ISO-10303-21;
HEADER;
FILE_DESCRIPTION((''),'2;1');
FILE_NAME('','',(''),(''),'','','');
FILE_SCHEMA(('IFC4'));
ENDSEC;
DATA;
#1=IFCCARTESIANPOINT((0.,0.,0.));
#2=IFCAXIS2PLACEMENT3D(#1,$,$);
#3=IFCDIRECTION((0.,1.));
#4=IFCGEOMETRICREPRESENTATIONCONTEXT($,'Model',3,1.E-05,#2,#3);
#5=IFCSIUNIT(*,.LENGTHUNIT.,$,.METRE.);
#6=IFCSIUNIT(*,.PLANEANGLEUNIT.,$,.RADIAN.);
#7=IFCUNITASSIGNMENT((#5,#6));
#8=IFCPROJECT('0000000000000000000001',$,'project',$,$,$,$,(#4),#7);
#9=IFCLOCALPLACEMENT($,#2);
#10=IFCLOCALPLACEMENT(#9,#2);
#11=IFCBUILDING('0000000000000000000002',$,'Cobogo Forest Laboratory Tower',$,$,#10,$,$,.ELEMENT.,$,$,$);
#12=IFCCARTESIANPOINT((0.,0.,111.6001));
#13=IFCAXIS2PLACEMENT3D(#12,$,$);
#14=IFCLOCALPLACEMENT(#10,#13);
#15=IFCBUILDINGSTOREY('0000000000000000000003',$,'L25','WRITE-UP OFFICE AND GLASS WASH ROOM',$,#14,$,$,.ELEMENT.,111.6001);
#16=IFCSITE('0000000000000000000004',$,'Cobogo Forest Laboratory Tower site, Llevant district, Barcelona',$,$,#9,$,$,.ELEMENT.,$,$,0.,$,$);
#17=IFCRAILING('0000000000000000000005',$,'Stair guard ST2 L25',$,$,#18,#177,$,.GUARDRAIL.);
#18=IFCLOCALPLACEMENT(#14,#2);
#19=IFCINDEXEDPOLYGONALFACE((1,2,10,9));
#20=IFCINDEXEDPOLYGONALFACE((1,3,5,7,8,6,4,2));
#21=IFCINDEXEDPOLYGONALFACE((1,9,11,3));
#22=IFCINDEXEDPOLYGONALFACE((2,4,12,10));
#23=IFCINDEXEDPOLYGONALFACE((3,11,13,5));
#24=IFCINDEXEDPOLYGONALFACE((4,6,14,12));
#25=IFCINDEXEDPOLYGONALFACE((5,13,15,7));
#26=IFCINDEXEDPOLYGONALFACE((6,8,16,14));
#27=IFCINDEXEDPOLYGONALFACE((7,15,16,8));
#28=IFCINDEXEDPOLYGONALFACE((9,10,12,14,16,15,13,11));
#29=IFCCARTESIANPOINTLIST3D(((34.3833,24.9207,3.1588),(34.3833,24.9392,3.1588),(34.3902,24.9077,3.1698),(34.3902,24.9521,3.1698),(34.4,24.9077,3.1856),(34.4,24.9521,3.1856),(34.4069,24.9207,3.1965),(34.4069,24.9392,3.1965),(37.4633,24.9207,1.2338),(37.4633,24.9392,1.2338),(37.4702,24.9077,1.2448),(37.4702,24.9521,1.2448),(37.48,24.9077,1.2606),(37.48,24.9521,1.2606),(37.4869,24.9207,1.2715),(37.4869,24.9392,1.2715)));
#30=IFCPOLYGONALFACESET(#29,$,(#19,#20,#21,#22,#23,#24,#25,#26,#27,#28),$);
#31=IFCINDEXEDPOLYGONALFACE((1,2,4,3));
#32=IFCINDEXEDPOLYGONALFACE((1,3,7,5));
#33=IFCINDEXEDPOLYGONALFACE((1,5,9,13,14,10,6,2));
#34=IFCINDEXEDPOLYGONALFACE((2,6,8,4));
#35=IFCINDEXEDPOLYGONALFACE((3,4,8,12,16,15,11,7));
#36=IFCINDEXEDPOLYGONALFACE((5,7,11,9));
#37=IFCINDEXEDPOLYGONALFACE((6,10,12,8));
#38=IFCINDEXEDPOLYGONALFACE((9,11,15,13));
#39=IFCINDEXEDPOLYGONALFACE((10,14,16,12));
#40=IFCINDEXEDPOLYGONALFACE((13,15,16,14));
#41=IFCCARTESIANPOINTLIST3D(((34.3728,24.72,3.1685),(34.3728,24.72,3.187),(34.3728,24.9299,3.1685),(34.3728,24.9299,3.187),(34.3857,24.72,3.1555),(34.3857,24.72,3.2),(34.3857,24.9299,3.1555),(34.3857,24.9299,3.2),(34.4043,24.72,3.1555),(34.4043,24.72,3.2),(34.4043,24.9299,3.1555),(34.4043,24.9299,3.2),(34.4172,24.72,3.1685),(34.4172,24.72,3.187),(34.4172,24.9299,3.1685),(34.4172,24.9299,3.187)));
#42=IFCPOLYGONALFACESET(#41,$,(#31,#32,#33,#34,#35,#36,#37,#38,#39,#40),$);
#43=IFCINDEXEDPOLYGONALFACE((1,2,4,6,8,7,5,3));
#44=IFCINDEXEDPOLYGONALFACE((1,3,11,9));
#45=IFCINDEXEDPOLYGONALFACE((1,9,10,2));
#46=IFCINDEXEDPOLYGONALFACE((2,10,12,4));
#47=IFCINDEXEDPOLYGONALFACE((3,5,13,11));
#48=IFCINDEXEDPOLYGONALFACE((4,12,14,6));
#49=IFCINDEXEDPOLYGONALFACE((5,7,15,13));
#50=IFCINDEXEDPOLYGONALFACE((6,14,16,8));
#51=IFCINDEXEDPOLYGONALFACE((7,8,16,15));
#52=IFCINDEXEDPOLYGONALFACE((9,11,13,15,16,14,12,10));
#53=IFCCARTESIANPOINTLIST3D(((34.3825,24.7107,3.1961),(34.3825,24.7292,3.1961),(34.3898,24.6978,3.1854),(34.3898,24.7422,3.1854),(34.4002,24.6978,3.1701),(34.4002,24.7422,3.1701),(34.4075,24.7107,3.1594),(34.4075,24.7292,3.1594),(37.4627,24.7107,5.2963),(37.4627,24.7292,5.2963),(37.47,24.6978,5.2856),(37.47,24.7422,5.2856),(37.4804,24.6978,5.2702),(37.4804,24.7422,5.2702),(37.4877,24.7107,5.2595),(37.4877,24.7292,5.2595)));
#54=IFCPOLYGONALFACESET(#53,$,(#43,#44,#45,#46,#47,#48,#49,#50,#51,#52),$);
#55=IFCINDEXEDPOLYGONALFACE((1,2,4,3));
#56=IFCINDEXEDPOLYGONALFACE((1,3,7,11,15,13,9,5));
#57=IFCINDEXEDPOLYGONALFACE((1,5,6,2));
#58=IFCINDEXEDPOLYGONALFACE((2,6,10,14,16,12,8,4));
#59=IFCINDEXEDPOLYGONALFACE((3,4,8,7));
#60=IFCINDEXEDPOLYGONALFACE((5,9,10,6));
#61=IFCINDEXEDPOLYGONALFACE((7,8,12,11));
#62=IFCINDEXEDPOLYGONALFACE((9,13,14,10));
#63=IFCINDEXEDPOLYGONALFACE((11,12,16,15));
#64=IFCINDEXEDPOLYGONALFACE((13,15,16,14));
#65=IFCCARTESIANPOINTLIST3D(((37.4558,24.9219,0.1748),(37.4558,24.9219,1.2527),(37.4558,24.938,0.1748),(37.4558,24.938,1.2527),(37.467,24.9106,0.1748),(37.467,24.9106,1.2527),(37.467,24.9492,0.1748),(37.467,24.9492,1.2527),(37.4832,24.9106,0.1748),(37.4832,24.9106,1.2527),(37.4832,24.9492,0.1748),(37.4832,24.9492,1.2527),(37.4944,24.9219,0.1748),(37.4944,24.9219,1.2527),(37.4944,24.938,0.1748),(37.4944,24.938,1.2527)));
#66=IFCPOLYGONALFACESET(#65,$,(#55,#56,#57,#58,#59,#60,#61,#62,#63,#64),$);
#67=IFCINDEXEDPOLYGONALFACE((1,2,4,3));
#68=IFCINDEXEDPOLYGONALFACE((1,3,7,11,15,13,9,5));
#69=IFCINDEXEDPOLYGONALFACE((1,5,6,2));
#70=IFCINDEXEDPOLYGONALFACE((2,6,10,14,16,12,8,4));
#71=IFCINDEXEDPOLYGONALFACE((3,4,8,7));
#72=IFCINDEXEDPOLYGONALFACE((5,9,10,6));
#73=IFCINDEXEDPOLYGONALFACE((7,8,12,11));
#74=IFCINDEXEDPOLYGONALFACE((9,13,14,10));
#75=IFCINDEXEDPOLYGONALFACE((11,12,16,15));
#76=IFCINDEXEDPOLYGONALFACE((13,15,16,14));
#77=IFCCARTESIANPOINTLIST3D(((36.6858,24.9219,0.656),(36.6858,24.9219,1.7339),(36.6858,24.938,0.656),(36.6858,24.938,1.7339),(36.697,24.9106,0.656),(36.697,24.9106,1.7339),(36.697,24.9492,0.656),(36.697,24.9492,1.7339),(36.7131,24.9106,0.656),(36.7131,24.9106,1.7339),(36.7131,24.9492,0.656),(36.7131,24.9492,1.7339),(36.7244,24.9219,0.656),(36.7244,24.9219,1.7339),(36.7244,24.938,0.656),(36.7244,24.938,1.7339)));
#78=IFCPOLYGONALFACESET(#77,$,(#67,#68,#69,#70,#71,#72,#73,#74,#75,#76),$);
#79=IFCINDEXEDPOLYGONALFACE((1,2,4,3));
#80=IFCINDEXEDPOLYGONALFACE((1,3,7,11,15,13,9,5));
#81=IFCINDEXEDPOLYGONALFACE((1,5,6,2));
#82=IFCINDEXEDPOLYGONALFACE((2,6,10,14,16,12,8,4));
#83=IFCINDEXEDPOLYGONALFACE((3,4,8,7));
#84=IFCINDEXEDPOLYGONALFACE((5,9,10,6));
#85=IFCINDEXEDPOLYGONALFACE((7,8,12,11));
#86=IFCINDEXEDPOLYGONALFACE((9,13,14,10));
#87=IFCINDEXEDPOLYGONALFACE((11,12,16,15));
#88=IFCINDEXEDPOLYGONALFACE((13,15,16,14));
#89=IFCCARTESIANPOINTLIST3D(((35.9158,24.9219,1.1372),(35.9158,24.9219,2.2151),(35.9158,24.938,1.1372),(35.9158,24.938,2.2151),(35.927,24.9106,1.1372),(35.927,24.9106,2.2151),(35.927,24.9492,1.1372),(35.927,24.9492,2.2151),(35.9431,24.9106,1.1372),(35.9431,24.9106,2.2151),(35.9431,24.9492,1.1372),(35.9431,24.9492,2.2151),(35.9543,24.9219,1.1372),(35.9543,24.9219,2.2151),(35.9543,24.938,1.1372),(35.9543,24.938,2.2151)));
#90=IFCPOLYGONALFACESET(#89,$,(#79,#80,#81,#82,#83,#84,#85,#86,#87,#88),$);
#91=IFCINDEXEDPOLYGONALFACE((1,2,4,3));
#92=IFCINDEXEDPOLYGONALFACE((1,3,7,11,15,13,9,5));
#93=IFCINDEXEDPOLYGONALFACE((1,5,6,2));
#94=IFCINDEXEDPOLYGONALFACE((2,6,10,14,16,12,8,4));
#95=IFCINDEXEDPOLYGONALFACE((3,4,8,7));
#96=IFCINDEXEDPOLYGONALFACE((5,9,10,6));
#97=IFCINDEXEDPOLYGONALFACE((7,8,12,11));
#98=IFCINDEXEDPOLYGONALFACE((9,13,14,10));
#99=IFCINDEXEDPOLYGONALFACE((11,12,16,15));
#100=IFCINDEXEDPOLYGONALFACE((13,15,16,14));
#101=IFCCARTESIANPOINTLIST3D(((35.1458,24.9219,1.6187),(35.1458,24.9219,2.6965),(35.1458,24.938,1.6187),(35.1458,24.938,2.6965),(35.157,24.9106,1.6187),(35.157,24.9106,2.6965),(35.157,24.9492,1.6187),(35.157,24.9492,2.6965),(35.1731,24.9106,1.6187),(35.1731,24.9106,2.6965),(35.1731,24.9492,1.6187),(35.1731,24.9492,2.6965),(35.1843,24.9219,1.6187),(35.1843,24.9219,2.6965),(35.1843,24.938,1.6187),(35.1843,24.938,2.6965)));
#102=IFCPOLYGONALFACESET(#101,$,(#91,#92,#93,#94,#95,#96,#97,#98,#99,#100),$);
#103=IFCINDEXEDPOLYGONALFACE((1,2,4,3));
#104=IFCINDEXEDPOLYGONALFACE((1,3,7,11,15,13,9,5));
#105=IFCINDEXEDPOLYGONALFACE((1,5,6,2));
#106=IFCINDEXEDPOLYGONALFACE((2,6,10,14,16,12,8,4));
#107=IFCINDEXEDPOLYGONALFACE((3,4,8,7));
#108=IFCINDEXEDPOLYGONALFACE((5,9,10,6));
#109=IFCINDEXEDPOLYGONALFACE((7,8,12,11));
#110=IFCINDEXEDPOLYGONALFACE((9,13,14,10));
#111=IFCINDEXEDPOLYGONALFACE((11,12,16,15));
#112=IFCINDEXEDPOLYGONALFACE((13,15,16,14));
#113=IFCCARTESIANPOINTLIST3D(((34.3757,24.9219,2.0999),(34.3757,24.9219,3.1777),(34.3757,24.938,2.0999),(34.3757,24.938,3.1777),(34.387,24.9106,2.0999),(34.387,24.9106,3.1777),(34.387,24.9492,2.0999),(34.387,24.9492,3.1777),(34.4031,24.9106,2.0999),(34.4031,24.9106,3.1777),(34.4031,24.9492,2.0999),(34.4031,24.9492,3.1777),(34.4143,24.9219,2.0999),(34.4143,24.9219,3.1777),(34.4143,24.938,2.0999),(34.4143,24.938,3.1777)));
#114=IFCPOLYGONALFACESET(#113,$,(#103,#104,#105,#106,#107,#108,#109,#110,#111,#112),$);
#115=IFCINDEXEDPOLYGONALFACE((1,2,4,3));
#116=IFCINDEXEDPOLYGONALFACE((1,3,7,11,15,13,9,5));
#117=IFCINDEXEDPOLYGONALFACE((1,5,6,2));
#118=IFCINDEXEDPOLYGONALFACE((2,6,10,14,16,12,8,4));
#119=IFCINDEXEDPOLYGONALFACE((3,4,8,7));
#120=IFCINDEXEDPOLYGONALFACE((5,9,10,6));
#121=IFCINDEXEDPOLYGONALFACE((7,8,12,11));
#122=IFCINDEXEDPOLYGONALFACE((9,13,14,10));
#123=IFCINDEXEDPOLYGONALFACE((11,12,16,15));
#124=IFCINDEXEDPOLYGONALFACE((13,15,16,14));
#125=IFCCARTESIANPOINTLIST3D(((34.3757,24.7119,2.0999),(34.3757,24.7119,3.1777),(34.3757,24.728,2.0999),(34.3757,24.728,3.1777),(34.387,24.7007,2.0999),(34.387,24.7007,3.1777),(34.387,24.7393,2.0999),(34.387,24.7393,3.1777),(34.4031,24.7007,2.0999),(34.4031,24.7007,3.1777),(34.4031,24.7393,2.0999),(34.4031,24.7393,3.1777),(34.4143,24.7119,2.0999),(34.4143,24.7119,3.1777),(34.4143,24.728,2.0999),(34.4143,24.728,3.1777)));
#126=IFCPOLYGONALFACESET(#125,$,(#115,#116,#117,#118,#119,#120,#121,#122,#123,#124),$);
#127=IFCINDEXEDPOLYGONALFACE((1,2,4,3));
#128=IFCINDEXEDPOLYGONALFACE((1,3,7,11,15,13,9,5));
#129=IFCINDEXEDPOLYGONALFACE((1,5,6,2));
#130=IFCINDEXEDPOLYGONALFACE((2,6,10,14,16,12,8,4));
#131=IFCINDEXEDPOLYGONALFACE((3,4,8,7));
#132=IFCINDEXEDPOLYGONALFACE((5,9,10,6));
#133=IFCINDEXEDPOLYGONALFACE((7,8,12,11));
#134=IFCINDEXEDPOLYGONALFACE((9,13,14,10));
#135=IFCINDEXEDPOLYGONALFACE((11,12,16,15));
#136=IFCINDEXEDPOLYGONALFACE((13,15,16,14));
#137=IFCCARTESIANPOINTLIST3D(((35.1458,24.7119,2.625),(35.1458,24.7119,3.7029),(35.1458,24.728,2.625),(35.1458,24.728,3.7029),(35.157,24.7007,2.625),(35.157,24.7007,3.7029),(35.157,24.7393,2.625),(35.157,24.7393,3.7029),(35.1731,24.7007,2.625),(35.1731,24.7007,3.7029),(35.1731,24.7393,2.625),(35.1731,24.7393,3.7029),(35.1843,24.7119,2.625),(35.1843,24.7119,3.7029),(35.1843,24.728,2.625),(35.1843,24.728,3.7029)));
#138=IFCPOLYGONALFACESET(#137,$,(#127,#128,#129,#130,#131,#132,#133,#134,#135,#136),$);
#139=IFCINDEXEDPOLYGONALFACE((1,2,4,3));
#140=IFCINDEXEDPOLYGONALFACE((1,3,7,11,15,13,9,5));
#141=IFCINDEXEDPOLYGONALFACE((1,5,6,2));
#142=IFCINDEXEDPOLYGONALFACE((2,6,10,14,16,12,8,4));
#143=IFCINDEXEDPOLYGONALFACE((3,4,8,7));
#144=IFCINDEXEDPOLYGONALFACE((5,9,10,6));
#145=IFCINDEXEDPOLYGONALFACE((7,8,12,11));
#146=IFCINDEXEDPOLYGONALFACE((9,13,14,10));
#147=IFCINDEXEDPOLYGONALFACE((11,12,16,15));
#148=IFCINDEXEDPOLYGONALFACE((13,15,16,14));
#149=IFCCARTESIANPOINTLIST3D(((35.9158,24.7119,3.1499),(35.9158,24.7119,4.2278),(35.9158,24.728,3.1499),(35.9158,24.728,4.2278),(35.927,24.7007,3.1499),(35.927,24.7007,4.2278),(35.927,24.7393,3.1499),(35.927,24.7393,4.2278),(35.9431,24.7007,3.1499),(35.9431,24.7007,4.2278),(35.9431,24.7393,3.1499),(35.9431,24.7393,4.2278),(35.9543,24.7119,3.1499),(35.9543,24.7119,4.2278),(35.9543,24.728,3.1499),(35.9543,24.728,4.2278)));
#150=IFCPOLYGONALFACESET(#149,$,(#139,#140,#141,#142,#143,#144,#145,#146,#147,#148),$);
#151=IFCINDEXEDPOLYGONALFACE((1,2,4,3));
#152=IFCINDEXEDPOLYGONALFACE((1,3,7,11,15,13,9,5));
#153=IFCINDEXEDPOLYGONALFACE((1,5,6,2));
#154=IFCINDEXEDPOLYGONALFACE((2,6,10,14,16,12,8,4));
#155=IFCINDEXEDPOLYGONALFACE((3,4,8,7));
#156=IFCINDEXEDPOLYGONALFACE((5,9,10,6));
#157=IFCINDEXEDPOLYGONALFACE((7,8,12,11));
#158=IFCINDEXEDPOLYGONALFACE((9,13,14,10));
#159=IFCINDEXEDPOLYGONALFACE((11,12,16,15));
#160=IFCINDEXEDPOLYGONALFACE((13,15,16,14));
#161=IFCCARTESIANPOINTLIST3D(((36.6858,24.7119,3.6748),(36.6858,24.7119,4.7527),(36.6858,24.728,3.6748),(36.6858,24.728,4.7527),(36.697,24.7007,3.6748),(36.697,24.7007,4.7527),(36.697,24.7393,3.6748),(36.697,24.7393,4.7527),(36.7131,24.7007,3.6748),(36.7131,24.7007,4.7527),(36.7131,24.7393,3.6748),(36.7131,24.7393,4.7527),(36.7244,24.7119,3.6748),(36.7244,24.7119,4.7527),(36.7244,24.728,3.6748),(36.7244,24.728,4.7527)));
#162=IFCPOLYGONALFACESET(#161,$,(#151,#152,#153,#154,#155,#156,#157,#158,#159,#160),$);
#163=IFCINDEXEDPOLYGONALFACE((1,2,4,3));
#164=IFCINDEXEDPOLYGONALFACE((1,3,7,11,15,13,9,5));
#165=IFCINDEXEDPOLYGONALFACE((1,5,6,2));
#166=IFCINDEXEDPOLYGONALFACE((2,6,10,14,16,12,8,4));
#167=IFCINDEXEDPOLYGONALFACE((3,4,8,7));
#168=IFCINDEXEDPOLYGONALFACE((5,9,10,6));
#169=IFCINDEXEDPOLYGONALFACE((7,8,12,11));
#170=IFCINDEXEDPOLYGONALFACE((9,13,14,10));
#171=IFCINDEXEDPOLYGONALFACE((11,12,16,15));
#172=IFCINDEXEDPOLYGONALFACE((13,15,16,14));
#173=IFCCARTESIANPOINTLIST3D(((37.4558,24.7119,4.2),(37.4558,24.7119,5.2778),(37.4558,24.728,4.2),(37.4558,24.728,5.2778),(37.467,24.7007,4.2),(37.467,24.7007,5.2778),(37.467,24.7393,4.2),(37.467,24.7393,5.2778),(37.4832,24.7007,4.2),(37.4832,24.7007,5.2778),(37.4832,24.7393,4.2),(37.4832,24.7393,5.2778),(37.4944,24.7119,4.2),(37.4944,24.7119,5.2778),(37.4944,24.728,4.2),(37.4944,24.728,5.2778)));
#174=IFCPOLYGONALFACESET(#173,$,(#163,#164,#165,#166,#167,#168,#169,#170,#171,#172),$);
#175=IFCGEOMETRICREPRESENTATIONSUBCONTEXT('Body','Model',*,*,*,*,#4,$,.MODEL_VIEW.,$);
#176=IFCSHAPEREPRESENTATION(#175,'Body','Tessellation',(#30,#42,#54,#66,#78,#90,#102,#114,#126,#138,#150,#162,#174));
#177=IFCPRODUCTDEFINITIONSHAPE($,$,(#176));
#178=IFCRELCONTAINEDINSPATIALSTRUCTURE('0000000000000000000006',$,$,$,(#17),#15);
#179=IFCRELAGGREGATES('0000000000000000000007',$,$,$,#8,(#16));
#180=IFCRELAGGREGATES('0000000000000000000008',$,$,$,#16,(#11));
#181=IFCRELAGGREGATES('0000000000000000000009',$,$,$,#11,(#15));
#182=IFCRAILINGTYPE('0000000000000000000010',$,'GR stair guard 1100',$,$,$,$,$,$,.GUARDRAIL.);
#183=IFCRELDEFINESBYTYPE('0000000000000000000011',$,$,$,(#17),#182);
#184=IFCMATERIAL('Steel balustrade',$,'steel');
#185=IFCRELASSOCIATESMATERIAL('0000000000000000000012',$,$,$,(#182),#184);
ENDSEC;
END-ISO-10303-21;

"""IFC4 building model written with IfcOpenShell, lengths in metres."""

from ifc_helpers import new_model, si_unit, direction, frame, origin, place, context, subcontext, project, spatial, polyline, outline, extrude, material, type_object, element, save


model = new_model("IFC4")

# Units and contexts
model_context = context("Model", 3, precision=1e-05, world=origin(), true_north=direction((0.0, 1.0)))
body_context = subcontext(model_context, "Body", "Model", "MODEL_VIEW")
ifc_project = project(units=[si_unit("LENGTHUNIT", "METRE"), si_unit("PLANEANGLEUNIT", "RADIAN")], contexts=[model_context])

# Site, building, storey
site_placement = place(None, origin())
site = spatial("IfcSite", under=ifc_project, at=site_placement, Name="Cobogo Forest Laboratory Tower site, Llevant district, Barcelona", CompositionType="ELEMENT", RefElevation=0.0)
building_placement = place(site_placement, origin())
building = spatial("IfcBuilding", under=site, at=building_placement, Name="Cobogo Forest Laboratory Tower", CompositionType="ELEMENT")
storey_placement = place(building_placement, frame((0.0, 0.0, 111.6001)))
storey = spatial("IfcBuildingStorey", under=building, at=storey_placement, Name="L25", Description="WRITE-UP OFFICE AND GLASS WASH ROOM", CompositionType="ELEMENT", Elevation=111.6001)

# Railing
ifc_material_1 = material(Name="Steel balustrade", Category="steel")
railing_type_1 = type_object("IfcRailingType", Name="GR stair guard 1100", PredefinedType="GUARDRAIL", material=ifc_material_1)
railing_1_placement = place(storey_placement, frame((37.4751, 24.9299, 0.1748)))
element("IfcRailing", 1, at=railing_1_placement, inside=storey, type_object=railing_type_1, Name="Stair guard ST2 L25", PredefinedType="GUARDRAIL", context=body_context, shape_type="SweptSolid", body=[
    extrude(outline(polyline([(0.0222, 0.0093), (0.0093, 0.0222), (-0.0093, 0.0222), (-0.0222, 0.0093), (-0.0222, -0.0093), (-0.0093, -0.0222), (0.0093, -0.0222), (0.0222, -0.0093), (0.0222, 0.0093)])), frame((0.0, 0.0, 1.0779), z_axis=(-0.847998, 0.0, 0.529999), x_axis=(0.0, -1.0, 0.0)), (0.0, 0.0, 1.0), 3.6321),
    extrude(outline(polyline([(0.0222, 0.0093), (0.0093, 0.0222), (-0.0093, 0.0222), (-0.0222, 0.0093), (-0.0222, -0.0093), (-0.0093, -0.0222), (0.0093, -0.0222), (0.0222, -0.0093), (0.0222, 0.0093)])), frame((-3.0801, 0.0, 3.0029), z_axis=(0.0, -1.0, 0.0), x_axis=(1.0, 0.0, 0.0)), (0.0, 0.0, 1.0), 0.21),
    extrude(outline(polyline([(0.0222, 0.0093), (0.0093, 0.0222), (-0.0093, 0.0222), (-0.0222, 0.0093), (-0.0222, -0.0093), (-0.0093, -0.0222), (0.0093, -0.0222), (0.0222, -0.0093), (0.0222, 0.0093)])), frame((-3.0801, -0.21, 3.0029), z_axis=(0.826222, 0.0, 0.563345), x_axis=(0.0, 1.0, 0.0)), (0.0, 0.0, 1.0), 3.728),
    extrude(outline(polyline([(0.0193, 0.0081), (0.0081, 0.0193), (-0.0081, 0.0193), (-0.0193, 0.0081), (-0.0193, -0.0081), (-0.0081, -0.0193), (0.0081, -0.0193), (0.0193, -0.0081), (0.0193, 0.0081)])), origin(), (0.0, 0.0, 1.0), 1.0779),
    extrude(outline(polyline([(0.0193, 0.0081), (0.0081, 0.0193), (-0.0081, 0.0193), (-0.0193, 0.0081), (-0.0193, -0.0081), (-0.0081, -0.0193), (0.0081, -0.0193), (0.0193, -0.0081), (0.0193, 0.0081)])), frame((-0.77, 0.0, 0.4812)), (0.0, 0.0, 1.0), 1.0779),
    extrude(outline(polyline([(0.0193, 0.0081), (0.0081, 0.0193), (-0.0081, 0.0193), (-0.0193, 0.0081), (-0.0193, -0.0081), (-0.0081, -0.0193), (0.0081, -0.0193), (0.0193, -0.0081), (0.0193, 0.0081)])), frame((-1.54, 0.0, 0.9624)), (0.0, 0.0, 1.0), 1.0779),
    extrude(outline(polyline([(0.0193, 0.0081), (0.0081, 0.0193), (-0.0081, 0.0193), (-0.0193, 0.0081), (-0.0193, -0.0081), (-0.0081, -0.0193), (0.0081, -0.0193), (0.0193, -0.0081), (0.0193, 0.0081)])), frame((-2.3101, 0.0, 1.4438)), (0.0, 0.0, 1.0), 1.0779),
    extrude(outline(polyline([(0.0193, 0.0081), (0.0081, 0.0193), (-0.0081, 0.0193), (-0.0193, 0.0081), (-0.0193, -0.0081), (-0.0081, -0.0193), (0.0081, -0.0193), (0.0193, -0.0081), (0.0193, 0.0081)])), frame((-3.0801, 0.0, 1.925)), (0.0, 0.0, 1.0), 1.0779),
    extrude(outline(polyline([(0.0193, 0.0081), (0.0081, 0.0193), (-0.0081, 0.0193), (-0.0193, 0.0081), (-0.0193, -0.0081), (-0.0081, -0.0193), (0.0081, -0.0193), (0.0193, -0.0081), (0.0193, 0.0081)])), frame((-3.0801, -0.21, 1.925)), (0.0, 0.0, 1.0), 1.0779),
    extrude(outline(polyline([(0.0193, 0.0081), (0.0081, 0.0193), (-0.0081, 0.0193), (-0.0193, 0.0081), (-0.0193, -0.0081), (-0.0081, -0.0193), (0.0081, -0.0193), (0.0193, -0.0081), (0.0193, 0.0081)])), frame((-2.3101, -0.21, 2.4502)), (0.0, 0.0, 1.0), 1.0779),
    extrude(outline(polyline([(0.0193, 0.0081), (0.0081, 0.0193), (-0.0081, 0.0193), (-0.0193, 0.0081), (-0.0193, -0.0081), (-0.0081, -0.0193), (0.0081, -0.0193), (0.0193, -0.0081), (0.0193, 0.0081)])), frame((-1.54, -0.21, 2.9751)), (0.0, 0.0, 1.0), 1.0779),
    extrude(outline(polyline([(0.0193, 0.0081), (0.0081, 0.0193), (-0.0081, 0.0193), (-0.0193, 0.0081), (-0.0193, -0.0081), (-0.0081, -0.0193), (0.0081, -0.0193), (0.0193, -0.0081), (0.0193, 0.0081)])), frame((-0.77, -0.21, 3.5)), (0.0, 0.0, 1.0), 1.0779),
    extrude(outline(polyline([(0.0193, 0.0081), (0.0081, 0.0193), (-0.0081, 0.0193), (-0.0193, 0.0081), (-0.0193, -0.0081), (-0.0081, -0.0193), (0.0081, -0.0193), (0.0193, -0.0081), (0.0193, 0.0081)])), frame((0.0, -0.21, 4.0251)), (0.0, 0.0, 1.0), 1.0779),
])

save(model, "model.ifc")
